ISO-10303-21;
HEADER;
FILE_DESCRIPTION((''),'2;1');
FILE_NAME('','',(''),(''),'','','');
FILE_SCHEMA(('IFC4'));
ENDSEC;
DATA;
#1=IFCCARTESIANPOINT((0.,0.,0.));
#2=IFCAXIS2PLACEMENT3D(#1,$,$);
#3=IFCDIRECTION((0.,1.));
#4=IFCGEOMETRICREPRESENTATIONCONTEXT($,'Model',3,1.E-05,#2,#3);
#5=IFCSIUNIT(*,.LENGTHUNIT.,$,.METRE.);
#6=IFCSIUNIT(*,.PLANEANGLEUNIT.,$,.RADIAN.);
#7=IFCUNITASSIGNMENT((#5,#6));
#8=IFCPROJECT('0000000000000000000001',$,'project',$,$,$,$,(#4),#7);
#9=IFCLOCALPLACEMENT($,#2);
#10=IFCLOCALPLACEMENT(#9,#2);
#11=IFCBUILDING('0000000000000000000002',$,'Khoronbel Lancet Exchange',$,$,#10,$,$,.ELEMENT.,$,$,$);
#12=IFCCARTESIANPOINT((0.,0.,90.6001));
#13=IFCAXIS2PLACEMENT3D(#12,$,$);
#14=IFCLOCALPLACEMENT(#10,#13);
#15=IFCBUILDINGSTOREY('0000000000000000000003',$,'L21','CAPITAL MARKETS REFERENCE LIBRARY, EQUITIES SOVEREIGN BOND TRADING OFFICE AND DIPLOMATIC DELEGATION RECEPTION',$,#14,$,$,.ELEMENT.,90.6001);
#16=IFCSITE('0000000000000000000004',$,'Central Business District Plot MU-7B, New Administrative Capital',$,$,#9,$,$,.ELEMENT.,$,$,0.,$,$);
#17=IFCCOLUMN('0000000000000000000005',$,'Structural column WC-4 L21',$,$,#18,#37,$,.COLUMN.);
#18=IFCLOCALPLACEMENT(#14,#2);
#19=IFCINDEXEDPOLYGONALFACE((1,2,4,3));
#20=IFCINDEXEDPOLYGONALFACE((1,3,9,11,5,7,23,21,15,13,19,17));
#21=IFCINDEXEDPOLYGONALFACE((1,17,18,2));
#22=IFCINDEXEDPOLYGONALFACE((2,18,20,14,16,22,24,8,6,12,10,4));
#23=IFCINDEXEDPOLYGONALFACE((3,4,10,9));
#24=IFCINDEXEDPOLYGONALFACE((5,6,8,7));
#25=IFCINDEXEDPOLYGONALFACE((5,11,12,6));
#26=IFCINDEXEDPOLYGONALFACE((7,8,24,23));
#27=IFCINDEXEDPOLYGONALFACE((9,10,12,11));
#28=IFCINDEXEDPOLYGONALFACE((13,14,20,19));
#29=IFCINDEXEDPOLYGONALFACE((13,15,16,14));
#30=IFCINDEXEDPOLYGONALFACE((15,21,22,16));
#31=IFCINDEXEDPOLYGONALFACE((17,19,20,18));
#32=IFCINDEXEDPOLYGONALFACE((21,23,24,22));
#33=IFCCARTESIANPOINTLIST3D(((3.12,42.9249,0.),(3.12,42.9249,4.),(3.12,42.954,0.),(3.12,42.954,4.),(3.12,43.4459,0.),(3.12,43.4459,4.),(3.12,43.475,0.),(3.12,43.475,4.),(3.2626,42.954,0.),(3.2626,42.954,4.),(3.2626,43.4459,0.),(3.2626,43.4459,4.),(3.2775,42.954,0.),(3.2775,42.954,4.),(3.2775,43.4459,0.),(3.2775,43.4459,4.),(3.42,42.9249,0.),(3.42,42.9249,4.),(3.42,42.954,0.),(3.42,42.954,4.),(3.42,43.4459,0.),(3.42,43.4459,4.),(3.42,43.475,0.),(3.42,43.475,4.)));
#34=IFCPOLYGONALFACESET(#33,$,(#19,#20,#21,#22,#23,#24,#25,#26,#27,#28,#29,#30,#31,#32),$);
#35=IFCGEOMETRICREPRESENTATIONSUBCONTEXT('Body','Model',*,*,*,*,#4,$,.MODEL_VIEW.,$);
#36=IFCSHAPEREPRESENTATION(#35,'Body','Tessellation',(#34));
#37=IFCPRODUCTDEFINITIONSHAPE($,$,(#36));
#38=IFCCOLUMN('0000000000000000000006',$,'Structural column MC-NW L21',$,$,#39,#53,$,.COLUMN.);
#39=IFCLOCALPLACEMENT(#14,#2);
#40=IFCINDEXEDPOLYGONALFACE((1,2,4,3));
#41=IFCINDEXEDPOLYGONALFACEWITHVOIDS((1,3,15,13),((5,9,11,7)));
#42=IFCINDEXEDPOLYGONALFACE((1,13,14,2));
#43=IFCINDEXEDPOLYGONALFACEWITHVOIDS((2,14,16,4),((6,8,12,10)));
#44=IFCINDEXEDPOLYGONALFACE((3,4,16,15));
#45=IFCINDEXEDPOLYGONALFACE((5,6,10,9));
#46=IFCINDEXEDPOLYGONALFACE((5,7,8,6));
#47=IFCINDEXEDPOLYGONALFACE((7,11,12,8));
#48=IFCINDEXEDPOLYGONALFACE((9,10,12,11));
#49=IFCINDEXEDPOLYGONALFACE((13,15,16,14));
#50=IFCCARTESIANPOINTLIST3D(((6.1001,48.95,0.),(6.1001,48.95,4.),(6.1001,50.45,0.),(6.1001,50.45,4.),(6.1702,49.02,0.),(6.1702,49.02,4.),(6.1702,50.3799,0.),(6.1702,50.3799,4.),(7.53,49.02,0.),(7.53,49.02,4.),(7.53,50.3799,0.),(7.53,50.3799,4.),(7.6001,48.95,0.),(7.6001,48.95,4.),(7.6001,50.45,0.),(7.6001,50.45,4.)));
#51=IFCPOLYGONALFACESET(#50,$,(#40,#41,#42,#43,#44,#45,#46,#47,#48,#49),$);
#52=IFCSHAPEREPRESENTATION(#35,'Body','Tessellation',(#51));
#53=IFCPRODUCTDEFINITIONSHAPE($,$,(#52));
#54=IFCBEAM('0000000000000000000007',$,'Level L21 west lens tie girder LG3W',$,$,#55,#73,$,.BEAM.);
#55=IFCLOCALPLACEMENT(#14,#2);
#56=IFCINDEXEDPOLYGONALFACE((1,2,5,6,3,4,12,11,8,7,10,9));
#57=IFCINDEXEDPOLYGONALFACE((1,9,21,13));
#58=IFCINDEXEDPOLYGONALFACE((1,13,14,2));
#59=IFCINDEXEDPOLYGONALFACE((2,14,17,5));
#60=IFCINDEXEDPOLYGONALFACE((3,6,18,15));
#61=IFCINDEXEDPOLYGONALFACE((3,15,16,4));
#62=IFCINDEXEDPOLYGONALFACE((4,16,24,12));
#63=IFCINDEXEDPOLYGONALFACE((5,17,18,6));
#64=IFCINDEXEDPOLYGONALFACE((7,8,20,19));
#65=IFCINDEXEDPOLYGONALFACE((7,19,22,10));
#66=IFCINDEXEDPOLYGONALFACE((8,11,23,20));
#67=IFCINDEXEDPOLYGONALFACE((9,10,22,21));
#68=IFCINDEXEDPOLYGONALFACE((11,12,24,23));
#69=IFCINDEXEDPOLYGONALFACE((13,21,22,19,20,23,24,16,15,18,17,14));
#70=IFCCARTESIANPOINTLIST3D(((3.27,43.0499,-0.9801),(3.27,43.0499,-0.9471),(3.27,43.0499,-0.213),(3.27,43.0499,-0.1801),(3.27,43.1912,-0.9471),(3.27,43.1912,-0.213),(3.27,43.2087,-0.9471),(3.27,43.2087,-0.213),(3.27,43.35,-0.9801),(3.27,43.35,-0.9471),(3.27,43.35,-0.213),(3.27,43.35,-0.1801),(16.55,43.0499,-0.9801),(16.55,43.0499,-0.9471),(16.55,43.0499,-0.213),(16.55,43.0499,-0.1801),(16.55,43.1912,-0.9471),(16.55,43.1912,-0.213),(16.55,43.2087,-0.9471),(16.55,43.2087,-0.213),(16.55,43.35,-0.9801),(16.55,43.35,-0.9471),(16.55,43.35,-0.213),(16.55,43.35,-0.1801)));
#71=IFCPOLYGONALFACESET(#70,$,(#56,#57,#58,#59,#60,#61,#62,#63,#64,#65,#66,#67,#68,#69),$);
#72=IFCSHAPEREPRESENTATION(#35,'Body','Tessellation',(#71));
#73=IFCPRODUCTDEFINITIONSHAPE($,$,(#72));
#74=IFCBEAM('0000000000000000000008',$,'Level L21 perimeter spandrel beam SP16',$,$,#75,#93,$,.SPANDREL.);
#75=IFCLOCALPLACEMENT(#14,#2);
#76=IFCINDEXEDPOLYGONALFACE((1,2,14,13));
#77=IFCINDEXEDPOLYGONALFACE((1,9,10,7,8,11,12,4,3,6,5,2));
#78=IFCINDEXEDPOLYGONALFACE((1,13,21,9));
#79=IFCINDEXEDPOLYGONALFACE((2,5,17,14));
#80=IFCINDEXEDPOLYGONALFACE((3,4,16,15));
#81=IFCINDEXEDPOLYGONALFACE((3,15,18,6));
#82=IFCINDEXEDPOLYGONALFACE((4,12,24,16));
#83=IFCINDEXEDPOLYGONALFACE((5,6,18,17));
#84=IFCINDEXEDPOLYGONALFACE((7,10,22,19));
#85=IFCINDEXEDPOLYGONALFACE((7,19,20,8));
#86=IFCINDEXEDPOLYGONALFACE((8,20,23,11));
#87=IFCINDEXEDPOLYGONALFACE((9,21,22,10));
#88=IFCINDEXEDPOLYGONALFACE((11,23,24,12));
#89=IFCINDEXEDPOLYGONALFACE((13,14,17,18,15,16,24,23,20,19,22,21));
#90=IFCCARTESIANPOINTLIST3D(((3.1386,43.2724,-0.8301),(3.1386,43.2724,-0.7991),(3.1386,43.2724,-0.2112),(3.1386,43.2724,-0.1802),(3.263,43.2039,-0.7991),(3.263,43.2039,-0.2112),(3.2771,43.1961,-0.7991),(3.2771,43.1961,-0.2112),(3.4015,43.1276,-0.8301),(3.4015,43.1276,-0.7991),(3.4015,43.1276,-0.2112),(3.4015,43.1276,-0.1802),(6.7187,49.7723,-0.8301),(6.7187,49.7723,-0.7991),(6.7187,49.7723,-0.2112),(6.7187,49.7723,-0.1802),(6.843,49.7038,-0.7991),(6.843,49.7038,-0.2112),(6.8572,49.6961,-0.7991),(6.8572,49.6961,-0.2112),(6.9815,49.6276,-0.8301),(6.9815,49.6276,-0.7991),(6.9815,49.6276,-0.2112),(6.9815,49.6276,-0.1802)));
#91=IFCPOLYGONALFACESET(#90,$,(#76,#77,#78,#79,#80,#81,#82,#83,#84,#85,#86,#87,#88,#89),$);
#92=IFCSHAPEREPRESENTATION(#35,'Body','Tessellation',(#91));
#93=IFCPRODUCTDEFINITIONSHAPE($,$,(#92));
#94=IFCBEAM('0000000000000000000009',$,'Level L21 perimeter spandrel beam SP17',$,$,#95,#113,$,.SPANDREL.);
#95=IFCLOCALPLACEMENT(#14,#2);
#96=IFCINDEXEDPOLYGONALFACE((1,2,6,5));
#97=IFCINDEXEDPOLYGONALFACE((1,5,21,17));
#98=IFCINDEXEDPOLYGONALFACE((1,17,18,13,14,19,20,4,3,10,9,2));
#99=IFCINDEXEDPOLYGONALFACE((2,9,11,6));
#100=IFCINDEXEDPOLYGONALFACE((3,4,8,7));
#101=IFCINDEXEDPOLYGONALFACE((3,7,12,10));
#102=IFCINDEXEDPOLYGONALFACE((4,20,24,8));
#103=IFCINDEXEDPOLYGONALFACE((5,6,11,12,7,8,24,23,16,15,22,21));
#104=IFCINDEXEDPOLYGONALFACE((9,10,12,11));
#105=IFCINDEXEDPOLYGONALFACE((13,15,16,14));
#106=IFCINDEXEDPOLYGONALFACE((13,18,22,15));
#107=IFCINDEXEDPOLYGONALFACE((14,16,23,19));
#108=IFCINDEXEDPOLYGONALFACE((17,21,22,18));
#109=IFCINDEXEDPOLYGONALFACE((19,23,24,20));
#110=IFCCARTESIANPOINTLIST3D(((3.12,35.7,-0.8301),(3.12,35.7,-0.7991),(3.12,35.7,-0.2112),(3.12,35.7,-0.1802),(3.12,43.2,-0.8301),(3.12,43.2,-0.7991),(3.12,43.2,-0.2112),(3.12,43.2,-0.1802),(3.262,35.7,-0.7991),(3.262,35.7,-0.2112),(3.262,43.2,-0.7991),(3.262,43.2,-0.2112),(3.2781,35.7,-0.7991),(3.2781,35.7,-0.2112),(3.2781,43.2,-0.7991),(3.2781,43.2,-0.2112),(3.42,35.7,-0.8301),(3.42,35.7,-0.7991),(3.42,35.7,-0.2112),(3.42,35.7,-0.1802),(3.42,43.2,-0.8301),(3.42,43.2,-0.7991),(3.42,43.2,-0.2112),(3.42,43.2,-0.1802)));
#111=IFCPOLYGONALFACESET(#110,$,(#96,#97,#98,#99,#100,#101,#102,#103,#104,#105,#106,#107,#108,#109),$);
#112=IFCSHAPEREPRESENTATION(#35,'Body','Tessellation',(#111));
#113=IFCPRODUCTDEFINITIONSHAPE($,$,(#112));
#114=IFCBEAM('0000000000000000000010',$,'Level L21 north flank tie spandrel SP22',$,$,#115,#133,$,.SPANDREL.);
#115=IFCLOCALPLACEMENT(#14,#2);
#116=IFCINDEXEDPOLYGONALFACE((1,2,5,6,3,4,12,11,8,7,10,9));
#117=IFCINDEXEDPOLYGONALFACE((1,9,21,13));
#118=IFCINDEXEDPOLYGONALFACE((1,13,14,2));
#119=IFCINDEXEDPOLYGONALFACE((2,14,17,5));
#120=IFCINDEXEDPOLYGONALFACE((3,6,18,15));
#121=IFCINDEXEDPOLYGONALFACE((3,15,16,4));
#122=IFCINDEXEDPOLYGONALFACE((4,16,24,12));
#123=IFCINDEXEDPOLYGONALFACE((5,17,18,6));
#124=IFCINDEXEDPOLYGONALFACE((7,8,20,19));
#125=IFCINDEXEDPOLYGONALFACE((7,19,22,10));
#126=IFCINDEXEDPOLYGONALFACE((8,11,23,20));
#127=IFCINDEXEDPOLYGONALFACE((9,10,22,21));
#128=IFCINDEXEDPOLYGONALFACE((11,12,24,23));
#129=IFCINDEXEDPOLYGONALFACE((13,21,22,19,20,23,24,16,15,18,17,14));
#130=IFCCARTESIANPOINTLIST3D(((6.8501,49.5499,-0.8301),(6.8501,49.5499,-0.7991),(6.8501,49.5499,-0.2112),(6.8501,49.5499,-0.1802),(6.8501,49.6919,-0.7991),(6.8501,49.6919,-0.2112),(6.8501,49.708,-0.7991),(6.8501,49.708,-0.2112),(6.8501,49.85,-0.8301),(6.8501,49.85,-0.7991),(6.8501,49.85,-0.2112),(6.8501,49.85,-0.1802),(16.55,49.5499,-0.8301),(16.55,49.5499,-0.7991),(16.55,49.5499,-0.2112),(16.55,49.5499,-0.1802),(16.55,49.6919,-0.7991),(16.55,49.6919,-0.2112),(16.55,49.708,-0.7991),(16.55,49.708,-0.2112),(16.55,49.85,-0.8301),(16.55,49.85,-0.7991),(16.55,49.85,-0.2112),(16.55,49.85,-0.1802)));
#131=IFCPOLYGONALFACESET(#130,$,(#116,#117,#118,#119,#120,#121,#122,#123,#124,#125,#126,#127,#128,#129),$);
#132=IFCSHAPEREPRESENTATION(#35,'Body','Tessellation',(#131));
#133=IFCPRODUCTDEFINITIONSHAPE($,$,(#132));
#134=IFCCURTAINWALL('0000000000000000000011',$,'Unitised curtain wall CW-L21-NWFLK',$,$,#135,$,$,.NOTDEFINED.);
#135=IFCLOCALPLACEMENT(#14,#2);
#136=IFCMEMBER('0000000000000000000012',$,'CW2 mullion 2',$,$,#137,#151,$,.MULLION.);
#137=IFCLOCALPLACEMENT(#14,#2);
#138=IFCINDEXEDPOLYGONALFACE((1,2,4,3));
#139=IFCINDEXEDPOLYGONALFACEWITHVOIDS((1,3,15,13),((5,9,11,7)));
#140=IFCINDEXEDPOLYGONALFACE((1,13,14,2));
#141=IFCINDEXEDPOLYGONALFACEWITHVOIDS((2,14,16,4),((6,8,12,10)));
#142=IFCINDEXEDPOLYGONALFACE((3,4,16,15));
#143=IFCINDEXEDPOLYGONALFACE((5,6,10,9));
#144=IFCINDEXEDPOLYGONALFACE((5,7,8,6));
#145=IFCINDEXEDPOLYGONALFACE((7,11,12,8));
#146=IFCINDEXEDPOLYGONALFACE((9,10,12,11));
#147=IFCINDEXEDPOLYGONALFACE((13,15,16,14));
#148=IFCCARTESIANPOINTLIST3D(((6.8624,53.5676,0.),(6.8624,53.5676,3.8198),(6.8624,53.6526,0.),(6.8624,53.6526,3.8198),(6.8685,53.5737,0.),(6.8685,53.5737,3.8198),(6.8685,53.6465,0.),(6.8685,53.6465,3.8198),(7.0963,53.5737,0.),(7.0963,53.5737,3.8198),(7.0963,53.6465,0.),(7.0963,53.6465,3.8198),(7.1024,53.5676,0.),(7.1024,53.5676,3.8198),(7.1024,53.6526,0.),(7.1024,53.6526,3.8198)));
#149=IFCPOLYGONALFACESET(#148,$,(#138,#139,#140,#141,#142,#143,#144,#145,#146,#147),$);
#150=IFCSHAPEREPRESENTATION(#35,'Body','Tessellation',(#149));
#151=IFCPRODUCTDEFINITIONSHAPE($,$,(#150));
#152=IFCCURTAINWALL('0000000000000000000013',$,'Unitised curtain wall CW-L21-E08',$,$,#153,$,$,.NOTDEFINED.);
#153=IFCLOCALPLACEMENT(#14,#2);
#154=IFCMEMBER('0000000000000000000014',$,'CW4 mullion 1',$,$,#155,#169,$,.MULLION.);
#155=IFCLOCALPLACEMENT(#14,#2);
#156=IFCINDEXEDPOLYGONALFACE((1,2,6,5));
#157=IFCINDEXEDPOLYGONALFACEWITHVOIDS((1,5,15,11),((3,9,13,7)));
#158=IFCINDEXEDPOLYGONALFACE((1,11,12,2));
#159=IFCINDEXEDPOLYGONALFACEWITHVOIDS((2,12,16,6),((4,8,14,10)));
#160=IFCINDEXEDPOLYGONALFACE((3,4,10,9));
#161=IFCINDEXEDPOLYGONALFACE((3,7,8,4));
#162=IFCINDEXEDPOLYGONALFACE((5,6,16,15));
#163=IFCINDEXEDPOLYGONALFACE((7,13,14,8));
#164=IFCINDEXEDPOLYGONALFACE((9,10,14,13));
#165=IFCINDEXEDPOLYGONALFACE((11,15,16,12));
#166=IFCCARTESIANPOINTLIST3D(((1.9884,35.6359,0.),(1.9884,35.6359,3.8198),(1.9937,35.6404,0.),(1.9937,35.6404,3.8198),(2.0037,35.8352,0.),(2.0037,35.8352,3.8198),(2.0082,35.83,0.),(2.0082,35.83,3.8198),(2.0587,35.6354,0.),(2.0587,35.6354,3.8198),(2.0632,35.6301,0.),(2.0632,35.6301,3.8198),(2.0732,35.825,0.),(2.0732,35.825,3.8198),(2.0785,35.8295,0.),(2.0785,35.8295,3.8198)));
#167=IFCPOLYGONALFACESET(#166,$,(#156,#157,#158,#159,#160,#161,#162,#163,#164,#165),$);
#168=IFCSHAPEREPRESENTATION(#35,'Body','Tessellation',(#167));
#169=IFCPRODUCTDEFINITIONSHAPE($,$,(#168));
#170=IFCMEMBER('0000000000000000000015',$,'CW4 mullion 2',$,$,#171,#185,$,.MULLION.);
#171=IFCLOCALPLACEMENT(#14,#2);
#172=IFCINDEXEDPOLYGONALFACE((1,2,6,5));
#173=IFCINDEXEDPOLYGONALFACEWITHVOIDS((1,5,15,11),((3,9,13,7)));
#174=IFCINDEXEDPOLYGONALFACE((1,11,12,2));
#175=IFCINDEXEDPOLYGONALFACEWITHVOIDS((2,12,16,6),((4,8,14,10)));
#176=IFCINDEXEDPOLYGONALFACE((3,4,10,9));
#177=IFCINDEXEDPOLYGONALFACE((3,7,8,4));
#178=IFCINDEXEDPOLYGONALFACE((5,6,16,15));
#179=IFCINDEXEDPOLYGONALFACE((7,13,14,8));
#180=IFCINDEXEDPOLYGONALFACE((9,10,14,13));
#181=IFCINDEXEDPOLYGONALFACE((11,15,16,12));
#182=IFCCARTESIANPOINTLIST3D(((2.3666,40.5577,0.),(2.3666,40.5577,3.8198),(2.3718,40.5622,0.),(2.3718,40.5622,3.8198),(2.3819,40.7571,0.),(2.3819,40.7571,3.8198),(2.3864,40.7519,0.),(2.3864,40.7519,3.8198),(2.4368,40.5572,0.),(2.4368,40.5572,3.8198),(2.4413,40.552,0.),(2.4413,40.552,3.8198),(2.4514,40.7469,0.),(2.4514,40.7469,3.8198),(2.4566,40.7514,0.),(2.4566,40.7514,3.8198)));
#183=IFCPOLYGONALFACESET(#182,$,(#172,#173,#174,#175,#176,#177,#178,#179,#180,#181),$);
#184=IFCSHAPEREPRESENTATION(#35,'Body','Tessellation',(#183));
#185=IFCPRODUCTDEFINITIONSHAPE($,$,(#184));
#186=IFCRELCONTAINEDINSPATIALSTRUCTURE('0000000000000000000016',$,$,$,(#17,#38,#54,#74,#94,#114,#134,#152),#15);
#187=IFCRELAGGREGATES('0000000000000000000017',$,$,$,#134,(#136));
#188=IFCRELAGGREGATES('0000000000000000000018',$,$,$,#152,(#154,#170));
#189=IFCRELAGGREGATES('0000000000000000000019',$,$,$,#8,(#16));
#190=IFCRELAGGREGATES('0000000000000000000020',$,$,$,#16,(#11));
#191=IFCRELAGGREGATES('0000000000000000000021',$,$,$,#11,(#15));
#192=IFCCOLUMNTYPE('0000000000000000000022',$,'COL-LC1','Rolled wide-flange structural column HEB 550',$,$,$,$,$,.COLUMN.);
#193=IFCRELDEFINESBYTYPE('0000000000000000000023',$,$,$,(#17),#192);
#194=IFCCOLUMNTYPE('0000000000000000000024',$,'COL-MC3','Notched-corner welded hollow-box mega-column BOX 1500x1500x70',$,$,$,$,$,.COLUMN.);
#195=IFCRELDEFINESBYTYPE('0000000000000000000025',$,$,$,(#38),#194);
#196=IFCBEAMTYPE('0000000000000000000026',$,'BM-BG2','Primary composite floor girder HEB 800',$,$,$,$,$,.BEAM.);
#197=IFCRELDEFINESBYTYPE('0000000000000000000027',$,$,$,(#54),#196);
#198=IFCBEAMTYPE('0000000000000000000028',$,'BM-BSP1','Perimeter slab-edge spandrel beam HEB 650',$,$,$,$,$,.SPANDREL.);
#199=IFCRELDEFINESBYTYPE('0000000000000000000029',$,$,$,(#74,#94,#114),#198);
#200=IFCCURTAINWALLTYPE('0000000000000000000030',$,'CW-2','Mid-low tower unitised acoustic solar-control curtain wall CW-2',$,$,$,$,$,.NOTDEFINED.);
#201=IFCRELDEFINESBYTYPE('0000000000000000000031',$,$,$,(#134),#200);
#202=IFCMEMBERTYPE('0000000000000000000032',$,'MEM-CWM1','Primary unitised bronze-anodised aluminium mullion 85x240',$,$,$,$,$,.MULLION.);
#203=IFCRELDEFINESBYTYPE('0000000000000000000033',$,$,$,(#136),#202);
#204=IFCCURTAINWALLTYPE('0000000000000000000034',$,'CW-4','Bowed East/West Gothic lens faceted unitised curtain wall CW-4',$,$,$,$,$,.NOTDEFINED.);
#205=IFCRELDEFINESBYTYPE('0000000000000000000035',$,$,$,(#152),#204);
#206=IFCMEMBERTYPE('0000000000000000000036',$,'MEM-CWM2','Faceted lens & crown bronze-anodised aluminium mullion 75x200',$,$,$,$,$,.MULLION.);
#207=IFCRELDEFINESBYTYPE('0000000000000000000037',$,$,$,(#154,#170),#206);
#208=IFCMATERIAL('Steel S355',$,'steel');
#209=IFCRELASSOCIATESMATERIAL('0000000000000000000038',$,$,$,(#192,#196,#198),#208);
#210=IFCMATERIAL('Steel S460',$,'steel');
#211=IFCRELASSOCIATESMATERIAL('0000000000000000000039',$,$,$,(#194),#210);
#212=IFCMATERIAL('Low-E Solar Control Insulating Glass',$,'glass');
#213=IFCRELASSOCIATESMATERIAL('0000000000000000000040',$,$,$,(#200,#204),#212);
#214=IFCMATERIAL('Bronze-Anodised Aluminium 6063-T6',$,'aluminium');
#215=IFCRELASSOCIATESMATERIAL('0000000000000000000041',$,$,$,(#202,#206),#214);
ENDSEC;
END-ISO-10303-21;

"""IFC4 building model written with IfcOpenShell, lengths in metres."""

from ifc_helpers import new_model, si_unit, direction, frame, origin, origin_2d, place, context, subcontext, project, spatial, hollow_rectangle, i_section, extrude, material, material_profile, profile_set, type_object, element, aggregate, save


model = new_model("IFC4")

# Units and contexts
model_context = context("Model", 3, precision=1e-05, world=origin(), true_north=direction((0.0, 1.0)))
body_context = subcontext(model_context, "Body", "Model", "MODEL_VIEW")
ifc_project = project(units=[si_unit("LENGTHUNIT", "METRE"), si_unit("PLANEANGLEUNIT", "RADIAN")], contexts=[model_context])

# Site, building, storey
site_placement = place(None, origin())
site = spatial("IfcSite", under=ifc_project, at=site_placement, Name="Central Business District Plot MU-7B, New Administrative Capital", CompositionType="ELEMENT", RefElevation=0.0)
building_placement = place(site_placement, origin())
building = spatial("IfcBuilding", under=site, at=building_placement, Name="Khoronbel Lancet Exchange", CompositionType="ELEMENT")
storey_placement = place(building_placement, frame((0.0, 0.0, 90.6001)))
storey = spatial("IfcBuildingStorey", under=building, at=storey_placement, Name="L21", Description="CAPITAL MARKETS REFERENCE LIBRARY, EQUITIES SOVEREIGN BOND TRADING OFFICE AND DIPLOMATIC DELEGATION RECEPTION", CompositionType="ELEMENT", Elevation=90.6001)

# Columns
ifc_material_1 = material(Name="Steel S355", Category="steel")
ifc_material_profile_1 = material_profile(ifc_material_1, i_section(OverallWidth=0.3, OverallDepth=0.55, WebThickness=0.0149, FlangeThickness=0.0291, at=origin_2d()), Name="HEB 550")
ifc_profile_set_1 = profile_set([ifc_material_profile_1], Name="Steel S355")
column_type_1 = type_object("IfcColumnType", Name="COL-LC1", Description="Rolled wide-flange structural column HEB 550", PredefinedType="COLUMN", material=ifc_profile_set_1)
column_1_placement = place(storey_placement, frame((3.27, 43.2, 0.0), z_axis=(0.0, 0.0, 1.0), x_axis=(1.0, 0.0, 0.0)))
element("IfcColumn", 1, at=column_1_placement, inside=storey, type_object=column_type_1, Name="Structural column WC-4 L21", PredefinedType="COLUMN", context=body_context, shape_type="SweptSolid", body=[
    extrude(i_section(OverallWidth=0.3, OverallDepth=0.55, WebThickness=0.0149, FlangeThickness=0.0291, at=origin_2d()), origin(), (0.0, 0.0, 1.0), 4.0),
])
ifc_material_2 = material(Name="Steel S460", Category="steel")
ifc_material_profile_2 = material_profile(ifc_material_2, hollow_rectangle(XDim=1.5, YDim=1.5, WallThickness=0.0701, at=origin_2d()), Name="BOX 1500x1500x70")
ifc_profile_set_2 = profile_set([ifc_material_profile_2], Name="Steel S460")
column_type_2 = type_object("IfcColumnType", Name="COL-MC3", Description="Notched-corner welded hollow-box mega-column BOX 1500x1500x70", PredefinedType="COLUMN", material=ifc_profile_set_2)
column_2_placement = place(storey_placement, frame((6.8501, 49.7, 0.0), z_axis=(0.0, 0.0, 1.0), x_axis=(1.0, 0.0, 0.0)))
element("IfcColumn", 2, at=column_2_placement, inside=storey, type_object=column_type_2, Name="Structural column MC-NW L21", PredefinedType="COLUMN", context=body_context, shape_type="SweptSolid", body=[
    extrude(hollow_rectangle(XDim=1.5, YDim=1.5, WallThickness=0.0701, at=origin_2d()), origin(), (0.0, 0.0, 1.0), 4.0),
])

# Beams
ifc_material_profile_3 = material_profile(ifc_material_1, i_section(OverallWidth=0.3, OverallDepth=0.8, WebThickness=0.0176, FlangeThickness=0.033, at=origin_2d()), Name="HEB 800")
ifc_profile_set_3 = profile_set([ifc_material_profile_3], Name="Steel S355")
beam_type_1 = type_object("IfcBeamType", Name="BM-BG2", Description="Primary composite floor girder HEB 800", PredefinedType="BEAM", material=ifc_profile_set_3)
beam_1_placement = place(storey_placement, frame((3.27, 43.2, -0.5801), z_axis=(1.0, 0.0, 0.0), x_axis=(0.0, 1.0, 0.0)))
element("IfcBeam", 3, at=beam_1_placement, inside=storey, type_object=beam_type_1, Name="Level L21 west lens tie girder LG3W", PredefinedType="BEAM", context=body_context, shape_type="SweptSolid", body=[
    extrude(i_section(OverallWidth=0.3, OverallDepth=0.8, WebThickness=0.0176, FlangeThickness=0.033, at=origin_2d()), origin(), (0.0, 0.0, 1.0), 13.28),
])
ifc_material_profile_4 = material_profile(ifc_material_1, i_section(OverallWidth=0.3, OverallDepth=0.6499, WebThickness=0.0161, FlangeThickness=0.031, at=origin_2d()), Name="HEB 650")
ifc_profile_set_4 = profile_set([ifc_material_profile_4], Name="Steel S355")
beam_type_2 = type_object("IfcBeamType", Name="BM-BSP1", Description="Perimeter slab-edge spandrel beam HEB 650", PredefinedType="SPANDREL", material=ifc_profile_set_4)
beam_2_placement = place(storey_placement, frame((6.8501, 49.7, -0.5051), z_axis=(-0.482444, -0.875927, 0.0), x_axis=(0.875927, -0.482444, 0.0)))
element("IfcBeam", 4, at=beam_2_placement, inside=storey, type_object=beam_type_2, Name="Level L21 perimeter spandrel beam SP16", PredefinedType="SPANDREL", context=body_context, shape_type="SweptSolid", body=[
    extrude(i_section(OverallWidth=0.3, OverallDepth=0.6499, WebThickness=0.0161, FlangeThickness=0.031, at=origin_2d()), origin(), (0.0, 0.0, 1.0), 7.4207),
])
beam_3_placement = place(storey_placement, frame((3.27, 43.2, -0.5051), z_axis=(0.0, -1.0, 0.0), x_axis=(1.0, 0.0, 0.0)))
element("IfcBeam", 5, at=beam_3_placement, inside=storey, type_object=beam_type_2, Name="Level L21 perimeter spandrel beam SP17", PredefinedType="SPANDREL", context=body_context, shape_type="SweptSolid", body=[
    extrude(i_section(OverallWidth=0.3, OverallDepth=0.6499, WebThickness=0.0161, FlangeThickness=0.031, at=origin_2d()), origin(), (0.0, 0.0, 1.0), 7.5),
])
beam_4_placement = place(storey_placement, frame((6.8501, 49.7, -0.5051), z_axis=(1.0, 0.0, 0.0), x_axis=(0.0, 1.0, 0.0)))
element("IfcBeam", 6, at=beam_4_placement, inside=storey, type_object=beam_type_2, Name="Level L21 north flank tie spandrel SP22", PredefinedType="SPANDREL", context=body_context, shape_type="SweptSolid", body=[
    extrude(i_section(OverallWidth=0.3, OverallDepth=0.6499, WebThickness=0.0161, FlangeThickness=0.031, at=origin_2d()), origin(), (0.0, 0.0, 1.0), 9.7),
])

# Curtain wall, member
ifc_material_3 = material(Name="Low-E Solar Control Insulating Glass", Category="glass")
curtain_wall_type_1 = type_object("IfcCurtainWallType", Name="CW-2", Description="Mid-low tower unitised acoustic solar-control curtain wall CW-2", PredefinedType="NOTDEFINED", material=ifc_material_3)
curtain_wall_1_placement = place(storey_placement, origin())
curtain_wall_1 = element("IfcCurtainWall", 7, at=curtain_wall_1_placement, inside=storey, type_object=curtain_wall_type_1, Name="Unitised curtain wall CW-L21-NWFLK", PredefinedType="NOTDEFINED")
ifc_material_4 = material(Name="Bronze-Anodised Aluminium 6063-T6", Category="aluminium")
ifc_material_profile_5 = material_profile(ifc_material_4, hollow_rectangle(XDim=0.085, YDim=0.24, WallThickness=0.0061, at=origin_2d()), Name="ALU MULLION 85x240")
ifc_profile_set_5 = profile_set([ifc_material_profile_5], Name="Bronze-Anodised Aluminium 6063-T6")
member_type_1 = type_object("IfcMemberType", Name="MEM-CWM1", Description="Primary unitised bronze-anodised aluminium mullion 85x240", PredefinedType="MULLION", material=ifc_profile_set_5)
member_1_placement = place(storey_placement, frame((6.9824, 53.6101, 0.0), z_axis=(0.0, 0.0, 1.0), x_axis=(0.0, -1.0, 0.0)))
member_1 = element("IfcMember", 8, at=member_1_placement, type_object=member_type_1, Name="CW2 mullion 2", PredefinedType="MULLION", context=body_context, shape_type="SweptSolid", body=[
    extrude(hollow_rectangle(XDim=0.085, YDim=0.24, WallThickness=0.0061, at=origin_2d()), origin(), (0.0, 0.0, 1.0), 3.8198),
])
aggregate(curtain_wall_1, [member_1])

# Curtain wall, members
curtain_wall_type_2 = type_object("IfcCurtainWallType", Name="CW-4", Description="Bowed East/West Gothic lens faceted unitised curtain wall CW-4", PredefinedType="NOTDEFINED", material=ifc_material_3)
curtain_wall_2_placement = place(storey_placement, origin())
curtain_wall_2 = element("IfcCurtainWall", 9, at=curtain_wall_2_placement, inside=storey, type_object=curtain_wall_type_2, Name="Unitised curtain wall CW-L21-E08", PredefinedType="NOTDEFINED")
ifc_material_profile_6 = material_profile(ifc_material_4, hollow_rectangle(XDim=0.075, YDim=0.2, WallThickness=0.0049, at=origin_2d()), Name="ALU MULLION 75x200")
ifc_profile_set_6 = profile_set([ifc_material_profile_6], Name="Bronze-Anodised Aluminium 6063-T6")
member_type_2 = type_object("IfcMemberType", Name="MEM-CWM2", Description="Faceted lens & crown bronze-anodised aluminium mullion 75x200", PredefinedType="MULLION", material=ifc_profile_set_6)
member_2_placement = place(storey_placement, frame((2.0334, 35.7327, 0.0), z_axis=(0.0, 0.0, 1.0), x_axis=(-0.99706, 0.076626, 0.0)))
member_2 = element("IfcMember", 10, at=member_2_placement, type_object=member_type_2, Name="CW4 mullion 1", PredefinedType="MULLION", context=body_context, shape_type="SweptSolid", body=[
    extrude(hollow_rectangle(XDim=0.075, YDim=0.2, WallThickness=0.0049, at=origin_2d()), origin(), (0.0, 0.0, 1.0), 3.8198),
])
member_3_placement = place(storey_placement, frame((2.4116, 40.6545, 0.0), z_axis=(0.0, 0.0, 1.0), x_axis=(-0.99706, 0.076626, 0.0)))
member_3 = element("IfcMember", 11, at=member_3_placement, type_object=member_type_2, Name="CW4 mullion 2", PredefinedType="MULLION", context=body_context, shape_type="SweptSolid", body=[
    extrude(hollow_rectangle(XDim=0.075, YDim=0.2, WallThickness=0.0049, at=origin_2d()), origin(), (0.0, 0.0, 1.0), 3.8198),
])

aggregate(curtain_wall_2, [member_2, member_3])

save(model, "model.ifc")
